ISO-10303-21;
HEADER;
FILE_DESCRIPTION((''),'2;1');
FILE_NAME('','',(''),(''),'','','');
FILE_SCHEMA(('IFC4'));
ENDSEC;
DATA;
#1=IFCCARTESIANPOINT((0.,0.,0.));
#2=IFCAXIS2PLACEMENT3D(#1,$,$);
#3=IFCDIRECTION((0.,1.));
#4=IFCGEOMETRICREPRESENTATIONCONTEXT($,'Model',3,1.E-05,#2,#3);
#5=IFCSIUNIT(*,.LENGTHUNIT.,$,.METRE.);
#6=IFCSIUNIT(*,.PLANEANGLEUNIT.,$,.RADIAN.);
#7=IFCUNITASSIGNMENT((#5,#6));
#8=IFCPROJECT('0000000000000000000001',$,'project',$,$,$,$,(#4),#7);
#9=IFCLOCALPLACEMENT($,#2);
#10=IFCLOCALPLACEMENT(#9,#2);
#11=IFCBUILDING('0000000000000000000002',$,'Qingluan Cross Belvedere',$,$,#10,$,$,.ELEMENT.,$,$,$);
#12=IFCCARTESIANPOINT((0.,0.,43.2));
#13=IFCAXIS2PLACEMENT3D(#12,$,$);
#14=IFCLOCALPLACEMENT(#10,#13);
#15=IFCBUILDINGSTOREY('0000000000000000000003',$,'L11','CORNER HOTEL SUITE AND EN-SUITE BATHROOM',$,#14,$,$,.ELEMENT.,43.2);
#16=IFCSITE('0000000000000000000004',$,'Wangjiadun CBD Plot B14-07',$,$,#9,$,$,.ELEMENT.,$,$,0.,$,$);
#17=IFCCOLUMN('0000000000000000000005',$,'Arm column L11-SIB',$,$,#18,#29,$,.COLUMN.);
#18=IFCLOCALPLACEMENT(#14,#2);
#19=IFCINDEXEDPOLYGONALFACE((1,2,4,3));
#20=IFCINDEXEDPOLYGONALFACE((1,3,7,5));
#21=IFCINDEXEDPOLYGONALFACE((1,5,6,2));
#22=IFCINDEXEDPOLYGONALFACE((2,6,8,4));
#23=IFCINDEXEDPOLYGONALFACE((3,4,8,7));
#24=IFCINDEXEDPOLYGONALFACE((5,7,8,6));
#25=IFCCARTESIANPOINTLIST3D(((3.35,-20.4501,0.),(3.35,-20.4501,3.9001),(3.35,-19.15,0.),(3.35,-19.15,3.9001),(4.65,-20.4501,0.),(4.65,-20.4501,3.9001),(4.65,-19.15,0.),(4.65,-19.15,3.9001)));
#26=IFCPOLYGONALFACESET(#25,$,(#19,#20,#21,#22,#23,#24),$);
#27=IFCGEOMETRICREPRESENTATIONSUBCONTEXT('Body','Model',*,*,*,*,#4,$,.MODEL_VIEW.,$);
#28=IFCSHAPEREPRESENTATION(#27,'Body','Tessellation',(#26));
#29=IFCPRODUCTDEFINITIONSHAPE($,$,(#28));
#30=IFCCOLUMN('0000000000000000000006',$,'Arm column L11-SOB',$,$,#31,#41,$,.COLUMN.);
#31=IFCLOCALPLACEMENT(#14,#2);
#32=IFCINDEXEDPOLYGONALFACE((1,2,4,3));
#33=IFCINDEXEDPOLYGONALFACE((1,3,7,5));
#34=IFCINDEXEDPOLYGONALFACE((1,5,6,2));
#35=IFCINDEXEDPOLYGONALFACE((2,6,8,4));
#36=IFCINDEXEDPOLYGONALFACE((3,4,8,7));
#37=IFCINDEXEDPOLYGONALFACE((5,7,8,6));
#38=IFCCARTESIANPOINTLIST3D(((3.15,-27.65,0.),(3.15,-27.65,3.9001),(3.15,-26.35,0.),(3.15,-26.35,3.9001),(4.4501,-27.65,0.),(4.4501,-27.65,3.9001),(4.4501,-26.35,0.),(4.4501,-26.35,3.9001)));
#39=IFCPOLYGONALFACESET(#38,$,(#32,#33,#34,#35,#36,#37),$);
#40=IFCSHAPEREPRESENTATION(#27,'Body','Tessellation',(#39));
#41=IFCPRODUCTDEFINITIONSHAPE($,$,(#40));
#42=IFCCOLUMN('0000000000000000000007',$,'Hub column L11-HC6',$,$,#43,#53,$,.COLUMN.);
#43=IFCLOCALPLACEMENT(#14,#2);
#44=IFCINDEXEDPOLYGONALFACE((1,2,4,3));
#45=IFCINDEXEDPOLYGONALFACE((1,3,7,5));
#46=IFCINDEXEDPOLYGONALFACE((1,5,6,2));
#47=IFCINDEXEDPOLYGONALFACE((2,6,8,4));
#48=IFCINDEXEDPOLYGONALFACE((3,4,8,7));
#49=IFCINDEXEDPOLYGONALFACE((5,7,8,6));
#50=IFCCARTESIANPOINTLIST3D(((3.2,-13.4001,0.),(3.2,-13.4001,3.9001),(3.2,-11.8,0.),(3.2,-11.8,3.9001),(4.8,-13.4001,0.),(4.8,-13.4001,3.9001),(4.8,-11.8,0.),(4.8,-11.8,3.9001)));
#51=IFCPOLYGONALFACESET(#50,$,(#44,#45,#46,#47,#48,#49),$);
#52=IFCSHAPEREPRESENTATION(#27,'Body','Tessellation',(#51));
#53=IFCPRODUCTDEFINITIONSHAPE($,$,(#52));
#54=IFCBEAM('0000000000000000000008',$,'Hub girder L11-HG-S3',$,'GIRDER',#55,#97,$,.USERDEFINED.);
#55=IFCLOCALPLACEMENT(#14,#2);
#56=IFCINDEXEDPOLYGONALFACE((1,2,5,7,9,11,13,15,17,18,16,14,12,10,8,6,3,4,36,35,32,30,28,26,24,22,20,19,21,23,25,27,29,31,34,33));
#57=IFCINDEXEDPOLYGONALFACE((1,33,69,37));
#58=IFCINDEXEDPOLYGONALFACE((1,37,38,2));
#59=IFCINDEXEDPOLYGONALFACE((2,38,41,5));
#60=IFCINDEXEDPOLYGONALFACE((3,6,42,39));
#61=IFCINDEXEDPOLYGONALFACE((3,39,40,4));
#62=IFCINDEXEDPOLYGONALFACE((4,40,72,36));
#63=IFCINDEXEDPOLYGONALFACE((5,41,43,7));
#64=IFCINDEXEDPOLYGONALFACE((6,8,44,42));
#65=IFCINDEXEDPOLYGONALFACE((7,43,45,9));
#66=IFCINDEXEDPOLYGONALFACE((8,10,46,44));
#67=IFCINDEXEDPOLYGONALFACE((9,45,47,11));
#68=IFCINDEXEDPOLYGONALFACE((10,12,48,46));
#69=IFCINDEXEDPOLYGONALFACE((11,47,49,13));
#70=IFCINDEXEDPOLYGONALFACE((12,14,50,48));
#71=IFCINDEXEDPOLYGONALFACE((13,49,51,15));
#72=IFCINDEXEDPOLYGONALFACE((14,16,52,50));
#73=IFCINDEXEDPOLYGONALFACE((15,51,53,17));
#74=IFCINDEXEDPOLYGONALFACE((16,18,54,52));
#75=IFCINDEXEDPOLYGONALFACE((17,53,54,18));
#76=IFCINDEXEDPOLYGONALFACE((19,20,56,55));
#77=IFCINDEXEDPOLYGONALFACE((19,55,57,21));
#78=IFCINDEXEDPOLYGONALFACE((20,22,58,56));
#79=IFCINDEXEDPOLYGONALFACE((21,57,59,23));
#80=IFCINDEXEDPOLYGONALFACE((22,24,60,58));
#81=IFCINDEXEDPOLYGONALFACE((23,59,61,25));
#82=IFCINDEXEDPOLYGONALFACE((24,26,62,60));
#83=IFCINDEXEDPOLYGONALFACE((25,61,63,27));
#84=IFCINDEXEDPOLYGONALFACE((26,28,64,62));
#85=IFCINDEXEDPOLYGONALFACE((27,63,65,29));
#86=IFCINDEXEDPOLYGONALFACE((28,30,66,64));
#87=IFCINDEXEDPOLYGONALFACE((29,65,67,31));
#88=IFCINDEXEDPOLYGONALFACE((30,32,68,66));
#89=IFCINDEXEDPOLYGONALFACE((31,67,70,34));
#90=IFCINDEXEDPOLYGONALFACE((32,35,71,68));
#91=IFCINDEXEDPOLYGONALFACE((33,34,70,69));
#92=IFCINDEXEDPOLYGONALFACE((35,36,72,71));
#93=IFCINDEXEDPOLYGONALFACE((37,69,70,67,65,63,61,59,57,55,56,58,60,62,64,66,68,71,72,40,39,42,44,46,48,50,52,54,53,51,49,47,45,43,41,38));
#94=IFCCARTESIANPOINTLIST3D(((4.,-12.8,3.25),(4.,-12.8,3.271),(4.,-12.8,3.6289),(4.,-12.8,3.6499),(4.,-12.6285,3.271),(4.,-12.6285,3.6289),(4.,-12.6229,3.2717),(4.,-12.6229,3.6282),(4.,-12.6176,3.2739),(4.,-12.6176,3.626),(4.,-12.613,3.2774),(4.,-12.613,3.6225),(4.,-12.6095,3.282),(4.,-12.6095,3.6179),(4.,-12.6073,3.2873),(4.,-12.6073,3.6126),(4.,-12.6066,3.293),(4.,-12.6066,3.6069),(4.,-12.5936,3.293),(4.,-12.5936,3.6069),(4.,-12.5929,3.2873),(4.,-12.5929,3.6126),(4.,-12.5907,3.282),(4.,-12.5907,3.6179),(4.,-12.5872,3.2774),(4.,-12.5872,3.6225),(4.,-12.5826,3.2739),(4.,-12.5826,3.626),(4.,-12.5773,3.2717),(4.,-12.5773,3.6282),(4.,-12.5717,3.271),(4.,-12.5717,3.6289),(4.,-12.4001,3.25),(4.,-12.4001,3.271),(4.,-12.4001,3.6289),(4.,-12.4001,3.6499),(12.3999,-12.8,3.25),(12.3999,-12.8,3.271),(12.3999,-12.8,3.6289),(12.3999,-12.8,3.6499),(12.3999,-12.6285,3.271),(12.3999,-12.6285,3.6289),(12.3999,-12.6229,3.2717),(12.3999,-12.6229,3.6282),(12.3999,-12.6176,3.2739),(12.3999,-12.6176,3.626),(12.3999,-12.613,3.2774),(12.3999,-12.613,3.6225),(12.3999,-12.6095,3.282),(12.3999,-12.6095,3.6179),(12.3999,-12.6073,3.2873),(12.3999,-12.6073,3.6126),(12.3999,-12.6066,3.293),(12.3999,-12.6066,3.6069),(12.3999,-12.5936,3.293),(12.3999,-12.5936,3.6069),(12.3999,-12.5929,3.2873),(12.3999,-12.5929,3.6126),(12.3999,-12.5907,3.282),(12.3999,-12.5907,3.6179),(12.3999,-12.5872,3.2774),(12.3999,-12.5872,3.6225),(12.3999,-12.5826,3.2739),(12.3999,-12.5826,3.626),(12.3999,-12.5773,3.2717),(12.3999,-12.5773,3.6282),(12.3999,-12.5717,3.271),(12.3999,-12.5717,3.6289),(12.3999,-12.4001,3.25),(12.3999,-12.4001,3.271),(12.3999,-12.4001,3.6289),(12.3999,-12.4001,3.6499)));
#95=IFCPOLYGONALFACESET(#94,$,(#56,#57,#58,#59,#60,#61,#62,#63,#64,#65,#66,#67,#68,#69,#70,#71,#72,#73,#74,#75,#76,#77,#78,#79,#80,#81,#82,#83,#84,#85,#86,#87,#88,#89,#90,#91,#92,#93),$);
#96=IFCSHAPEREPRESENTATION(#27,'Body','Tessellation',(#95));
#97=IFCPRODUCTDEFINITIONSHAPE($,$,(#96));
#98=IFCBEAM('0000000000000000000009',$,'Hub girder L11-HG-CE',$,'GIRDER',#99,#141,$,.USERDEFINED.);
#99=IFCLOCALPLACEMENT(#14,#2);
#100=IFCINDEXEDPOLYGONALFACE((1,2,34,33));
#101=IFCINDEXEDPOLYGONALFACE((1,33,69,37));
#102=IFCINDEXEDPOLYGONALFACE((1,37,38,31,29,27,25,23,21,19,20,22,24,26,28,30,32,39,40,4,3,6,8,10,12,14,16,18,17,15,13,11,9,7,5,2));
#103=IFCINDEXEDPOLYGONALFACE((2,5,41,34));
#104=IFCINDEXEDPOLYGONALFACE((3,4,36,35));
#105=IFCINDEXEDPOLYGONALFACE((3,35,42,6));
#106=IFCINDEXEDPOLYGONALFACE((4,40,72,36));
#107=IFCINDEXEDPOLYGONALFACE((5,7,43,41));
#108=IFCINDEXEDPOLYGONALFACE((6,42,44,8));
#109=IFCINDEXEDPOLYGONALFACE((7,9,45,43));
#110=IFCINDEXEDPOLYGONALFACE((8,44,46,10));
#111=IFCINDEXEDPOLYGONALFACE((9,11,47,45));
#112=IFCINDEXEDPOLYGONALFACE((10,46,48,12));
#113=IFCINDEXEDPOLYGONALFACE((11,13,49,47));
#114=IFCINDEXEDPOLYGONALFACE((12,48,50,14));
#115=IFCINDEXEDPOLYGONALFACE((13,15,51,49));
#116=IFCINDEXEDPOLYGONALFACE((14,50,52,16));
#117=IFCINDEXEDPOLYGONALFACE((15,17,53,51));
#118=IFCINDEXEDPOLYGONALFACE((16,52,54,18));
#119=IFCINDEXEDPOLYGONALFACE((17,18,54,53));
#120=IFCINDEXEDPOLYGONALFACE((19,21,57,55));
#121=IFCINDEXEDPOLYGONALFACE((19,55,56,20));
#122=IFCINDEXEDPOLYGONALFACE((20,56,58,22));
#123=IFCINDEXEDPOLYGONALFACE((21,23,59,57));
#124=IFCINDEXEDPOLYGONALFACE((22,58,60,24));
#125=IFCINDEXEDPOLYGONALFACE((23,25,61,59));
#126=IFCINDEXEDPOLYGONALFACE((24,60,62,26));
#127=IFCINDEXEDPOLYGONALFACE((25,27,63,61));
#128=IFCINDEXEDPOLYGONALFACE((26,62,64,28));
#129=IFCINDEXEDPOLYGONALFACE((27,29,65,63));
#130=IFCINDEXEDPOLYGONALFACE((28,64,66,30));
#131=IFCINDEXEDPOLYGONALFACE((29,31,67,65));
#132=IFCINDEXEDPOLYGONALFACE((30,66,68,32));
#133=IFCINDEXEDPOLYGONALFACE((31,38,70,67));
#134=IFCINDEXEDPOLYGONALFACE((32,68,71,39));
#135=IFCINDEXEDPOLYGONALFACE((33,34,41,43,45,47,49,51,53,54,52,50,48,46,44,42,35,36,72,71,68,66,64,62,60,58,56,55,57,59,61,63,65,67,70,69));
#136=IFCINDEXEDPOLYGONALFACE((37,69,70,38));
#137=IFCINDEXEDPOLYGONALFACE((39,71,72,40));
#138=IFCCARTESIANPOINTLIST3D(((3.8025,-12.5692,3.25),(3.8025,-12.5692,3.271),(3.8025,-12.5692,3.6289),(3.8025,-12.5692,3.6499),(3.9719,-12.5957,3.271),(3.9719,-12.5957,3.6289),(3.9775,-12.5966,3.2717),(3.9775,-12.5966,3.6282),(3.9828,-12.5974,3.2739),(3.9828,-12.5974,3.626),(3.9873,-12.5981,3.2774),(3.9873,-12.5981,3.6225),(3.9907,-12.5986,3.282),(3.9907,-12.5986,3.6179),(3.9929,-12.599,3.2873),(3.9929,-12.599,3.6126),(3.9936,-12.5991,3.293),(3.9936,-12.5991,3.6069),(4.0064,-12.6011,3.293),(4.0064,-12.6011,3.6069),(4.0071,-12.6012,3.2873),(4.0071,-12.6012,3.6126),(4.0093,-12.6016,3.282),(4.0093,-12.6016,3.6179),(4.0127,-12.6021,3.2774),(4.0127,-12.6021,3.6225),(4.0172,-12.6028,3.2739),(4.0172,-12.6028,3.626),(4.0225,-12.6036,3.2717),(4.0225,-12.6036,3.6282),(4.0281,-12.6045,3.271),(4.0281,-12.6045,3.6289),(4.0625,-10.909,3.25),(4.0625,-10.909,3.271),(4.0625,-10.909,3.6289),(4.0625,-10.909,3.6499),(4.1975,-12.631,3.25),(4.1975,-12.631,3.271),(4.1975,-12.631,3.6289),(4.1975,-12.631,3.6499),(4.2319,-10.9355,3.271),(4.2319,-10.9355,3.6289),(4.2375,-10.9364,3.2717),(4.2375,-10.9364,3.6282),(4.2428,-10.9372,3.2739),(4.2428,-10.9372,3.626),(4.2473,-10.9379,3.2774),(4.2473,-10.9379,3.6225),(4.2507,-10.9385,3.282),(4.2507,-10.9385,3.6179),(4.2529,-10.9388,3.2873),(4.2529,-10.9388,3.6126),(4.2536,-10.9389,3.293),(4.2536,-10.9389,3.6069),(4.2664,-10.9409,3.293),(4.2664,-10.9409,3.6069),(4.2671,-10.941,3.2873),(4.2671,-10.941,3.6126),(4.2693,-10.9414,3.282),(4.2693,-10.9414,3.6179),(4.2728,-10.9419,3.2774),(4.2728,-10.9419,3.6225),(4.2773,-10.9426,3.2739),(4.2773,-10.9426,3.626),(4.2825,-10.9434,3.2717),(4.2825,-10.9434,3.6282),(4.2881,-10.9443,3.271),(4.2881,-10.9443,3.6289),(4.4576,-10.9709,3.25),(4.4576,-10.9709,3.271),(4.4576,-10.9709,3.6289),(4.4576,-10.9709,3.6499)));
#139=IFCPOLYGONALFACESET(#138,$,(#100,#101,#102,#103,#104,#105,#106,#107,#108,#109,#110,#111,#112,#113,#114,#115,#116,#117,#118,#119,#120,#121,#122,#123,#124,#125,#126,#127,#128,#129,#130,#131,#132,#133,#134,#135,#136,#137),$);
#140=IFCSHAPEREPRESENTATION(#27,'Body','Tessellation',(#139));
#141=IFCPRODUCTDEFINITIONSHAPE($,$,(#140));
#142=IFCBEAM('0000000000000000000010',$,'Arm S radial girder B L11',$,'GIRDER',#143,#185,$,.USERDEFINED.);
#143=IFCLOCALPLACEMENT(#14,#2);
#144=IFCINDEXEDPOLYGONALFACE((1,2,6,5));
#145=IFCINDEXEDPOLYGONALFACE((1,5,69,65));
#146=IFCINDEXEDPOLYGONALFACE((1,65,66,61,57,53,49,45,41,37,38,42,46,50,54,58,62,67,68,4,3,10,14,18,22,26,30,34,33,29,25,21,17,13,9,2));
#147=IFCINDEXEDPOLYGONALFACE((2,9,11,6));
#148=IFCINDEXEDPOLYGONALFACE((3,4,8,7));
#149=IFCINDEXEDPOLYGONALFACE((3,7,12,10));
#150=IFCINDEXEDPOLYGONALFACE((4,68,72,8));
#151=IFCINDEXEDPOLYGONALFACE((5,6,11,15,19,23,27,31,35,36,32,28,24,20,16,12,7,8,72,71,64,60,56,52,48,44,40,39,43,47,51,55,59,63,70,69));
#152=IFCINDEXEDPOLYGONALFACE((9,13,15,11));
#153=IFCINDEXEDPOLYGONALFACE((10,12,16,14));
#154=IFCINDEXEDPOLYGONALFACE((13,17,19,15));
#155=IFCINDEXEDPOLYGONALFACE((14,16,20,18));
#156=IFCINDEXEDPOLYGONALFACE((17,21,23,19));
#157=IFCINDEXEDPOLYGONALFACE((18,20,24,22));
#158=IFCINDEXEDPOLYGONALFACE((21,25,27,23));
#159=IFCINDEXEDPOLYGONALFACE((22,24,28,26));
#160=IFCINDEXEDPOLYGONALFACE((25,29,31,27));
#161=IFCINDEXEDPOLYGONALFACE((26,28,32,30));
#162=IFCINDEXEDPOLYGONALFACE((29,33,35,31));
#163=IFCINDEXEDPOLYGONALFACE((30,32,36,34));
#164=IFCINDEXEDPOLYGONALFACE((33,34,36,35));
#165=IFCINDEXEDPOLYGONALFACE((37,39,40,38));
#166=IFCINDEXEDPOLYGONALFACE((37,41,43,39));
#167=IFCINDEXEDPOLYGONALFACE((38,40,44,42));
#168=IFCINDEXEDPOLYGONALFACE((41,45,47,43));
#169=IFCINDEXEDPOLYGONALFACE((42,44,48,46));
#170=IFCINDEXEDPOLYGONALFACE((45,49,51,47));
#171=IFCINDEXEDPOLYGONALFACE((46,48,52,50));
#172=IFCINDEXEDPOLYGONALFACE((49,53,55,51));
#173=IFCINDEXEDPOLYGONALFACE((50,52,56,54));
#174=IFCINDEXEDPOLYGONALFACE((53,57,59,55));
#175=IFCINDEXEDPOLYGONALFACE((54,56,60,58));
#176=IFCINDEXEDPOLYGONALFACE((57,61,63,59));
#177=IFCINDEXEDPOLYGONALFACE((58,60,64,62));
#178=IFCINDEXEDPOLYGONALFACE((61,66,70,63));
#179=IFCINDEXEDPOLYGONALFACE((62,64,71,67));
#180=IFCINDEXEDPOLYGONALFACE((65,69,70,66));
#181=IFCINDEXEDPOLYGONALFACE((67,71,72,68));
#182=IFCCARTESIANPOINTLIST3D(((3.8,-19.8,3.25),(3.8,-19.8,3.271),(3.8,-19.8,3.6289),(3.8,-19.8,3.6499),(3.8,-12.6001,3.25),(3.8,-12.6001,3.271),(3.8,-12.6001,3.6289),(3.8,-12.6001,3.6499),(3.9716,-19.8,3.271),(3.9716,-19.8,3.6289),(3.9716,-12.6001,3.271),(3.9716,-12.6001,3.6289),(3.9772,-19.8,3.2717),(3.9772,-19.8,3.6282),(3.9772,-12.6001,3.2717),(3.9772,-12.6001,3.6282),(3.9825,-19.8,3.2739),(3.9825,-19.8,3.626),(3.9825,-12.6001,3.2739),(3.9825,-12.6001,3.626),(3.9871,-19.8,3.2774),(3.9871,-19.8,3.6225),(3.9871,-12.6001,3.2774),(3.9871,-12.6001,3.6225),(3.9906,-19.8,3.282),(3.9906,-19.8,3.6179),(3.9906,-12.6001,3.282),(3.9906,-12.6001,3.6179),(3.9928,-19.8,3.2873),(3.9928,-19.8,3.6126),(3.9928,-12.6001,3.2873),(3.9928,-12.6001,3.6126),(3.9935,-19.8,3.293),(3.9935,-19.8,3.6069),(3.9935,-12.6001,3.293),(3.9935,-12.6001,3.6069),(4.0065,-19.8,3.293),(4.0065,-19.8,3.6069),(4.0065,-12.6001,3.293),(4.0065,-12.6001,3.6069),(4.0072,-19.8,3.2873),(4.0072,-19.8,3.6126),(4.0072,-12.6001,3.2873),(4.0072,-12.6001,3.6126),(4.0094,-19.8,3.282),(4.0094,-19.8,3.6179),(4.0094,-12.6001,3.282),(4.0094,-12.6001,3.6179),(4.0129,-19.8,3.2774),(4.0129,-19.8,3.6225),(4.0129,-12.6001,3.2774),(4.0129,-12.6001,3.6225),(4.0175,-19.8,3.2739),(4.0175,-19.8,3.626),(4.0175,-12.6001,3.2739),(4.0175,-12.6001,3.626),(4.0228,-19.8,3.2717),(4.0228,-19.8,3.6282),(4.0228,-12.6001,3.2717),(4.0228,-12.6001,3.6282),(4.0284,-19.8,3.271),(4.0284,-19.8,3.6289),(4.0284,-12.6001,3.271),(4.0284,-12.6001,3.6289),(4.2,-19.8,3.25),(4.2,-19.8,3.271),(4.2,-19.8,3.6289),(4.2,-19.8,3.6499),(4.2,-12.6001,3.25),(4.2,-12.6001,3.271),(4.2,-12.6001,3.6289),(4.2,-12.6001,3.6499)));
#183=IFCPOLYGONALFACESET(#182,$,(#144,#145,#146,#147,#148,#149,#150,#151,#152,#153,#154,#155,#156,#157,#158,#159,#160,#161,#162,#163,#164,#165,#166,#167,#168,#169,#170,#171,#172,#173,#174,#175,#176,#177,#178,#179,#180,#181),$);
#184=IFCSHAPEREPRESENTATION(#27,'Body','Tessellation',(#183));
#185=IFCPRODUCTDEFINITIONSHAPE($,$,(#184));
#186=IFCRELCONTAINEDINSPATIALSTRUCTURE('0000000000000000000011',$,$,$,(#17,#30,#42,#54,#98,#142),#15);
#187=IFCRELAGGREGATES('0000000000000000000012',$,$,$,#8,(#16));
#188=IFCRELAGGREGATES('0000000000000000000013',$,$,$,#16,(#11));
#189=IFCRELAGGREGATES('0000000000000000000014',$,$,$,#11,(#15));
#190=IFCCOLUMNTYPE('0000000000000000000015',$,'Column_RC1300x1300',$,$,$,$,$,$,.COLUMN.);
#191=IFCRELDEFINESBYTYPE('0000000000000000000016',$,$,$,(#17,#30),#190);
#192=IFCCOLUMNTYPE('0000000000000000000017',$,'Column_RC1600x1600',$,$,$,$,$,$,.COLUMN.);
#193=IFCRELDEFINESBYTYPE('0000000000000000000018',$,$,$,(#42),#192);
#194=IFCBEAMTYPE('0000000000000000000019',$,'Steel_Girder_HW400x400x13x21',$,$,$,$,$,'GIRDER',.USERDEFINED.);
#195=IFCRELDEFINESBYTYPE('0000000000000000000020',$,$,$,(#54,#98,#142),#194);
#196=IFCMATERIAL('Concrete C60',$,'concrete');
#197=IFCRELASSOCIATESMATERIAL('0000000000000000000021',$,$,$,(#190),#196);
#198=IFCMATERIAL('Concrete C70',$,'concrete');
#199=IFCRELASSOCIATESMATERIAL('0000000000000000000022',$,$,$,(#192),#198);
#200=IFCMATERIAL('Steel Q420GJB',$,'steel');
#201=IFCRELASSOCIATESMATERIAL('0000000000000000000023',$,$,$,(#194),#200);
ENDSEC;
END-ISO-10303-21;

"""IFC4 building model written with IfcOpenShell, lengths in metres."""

from ifc_helpers import new_model, si_unit, direction, frame, origin, origin_2d, place, context, subcontext, project, spatial, rectangle, i_section, extrude, material, material_profile, profile_set, type_object, element, save


model = new_model("IFC4")

# Units and contexts
model_context = context("Model", 3, precision=1e-05, world=origin(), true_north=direction((0.0, 1.0)))
body_context = subcontext(model_context, "Body", "Model", "MODEL_VIEW")
ifc_project = project(units=[si_unit("LENGTHUNIT", "METRE"), si_unit("PLANEANGLEUNIT", "RADIAN")], contexts=[model_context])

# Site, building, storey
site_placement = place(None, origin())
site = spatial("IfcSite", under=ifc_project, at=site_placement, Name="Wangjiadun CBD Plot B14-07", CompositionType="ELEMENT", RefElevation=0.0)
building_placement = place(site_placement, origin())
building = spatial("IfcBuilding", under=site, at=building_placement, Name="Qingluan Cross Belvedere", CompositionType="ELEMENT")
storey_placement = place(building_placement, frame((0.0, 0.0, 43.2)))
storey = spatial("IfcBuildingStorey", under=building, at=storey_placement, Name="L11", Description="CORNER HOTEL SUITE AND EN-SUITE BATHROOM", CompositionType="ELEMENT", Elevation=43.2)

# Columns
ifc_material_1 = material(Name="Concrete C60", Category="concrete")
ifc_material_profile_1 = material_profile(ifc_material_1, rectangle(XDim=1.3, YDim=1.3, at=origin_2d()), Name="RC1300x1300")
ifc_profile_set_1 = profile_set([ifc_material_profile_1], Name="Concrete C60")
column_type_1 = type_object("IfcColumnType", Name="Column_RC1300x1300", PredefinedType="COLUMN", material=ifc_profile_set_1)
for number, where, z_axis, x_axis, name in (
    (1, (4.0, -19.8, 0.0), (0.0, 0.0, 1.0), (1.0, 0.0, 0.0), "Arm column L11-SIB"),
    (2, (3.8, -27.0, 0.0), (0.0, 0.0, 1.0), (1.0, 0.0, 0.0), "Arm column L11-SOB"),
):
    element("IfcColumn", number, at=place(storey_placement, frame(where, z_axis=z_axis, x_axis=x_axis)), inside=storey, type_object=column_type_1, Name=name, PredefinedType="COLUMN", context=body_context, shape_type="SweptSolid", body=[
        extrude(rectangle(XDim=1.3, YDim=1.3, at=origin_2d()), origin(), (0.0, 0.0, 1.0), 3.9001),
    ])
ifc_material_2 = material(Name="Concrete C70", Category="concrete")
ifc_material_profile_2 = material_profile(ifc_material_2, rectangle(XDim=1.6001, YDim=1.6001, at=origin_2d()), Name="RC1600x1600")
ifc_profile_set_2 = profile_set([ifc_material_profile_2], Name="Concrete C70")
column_type_2 = type_object("IfcColumnType", Name="Column_RC1600x1600", PredefinedType="COLUMN", material=ifc_profile_set_2)
column_placement = place(storey_placement, frame((4.0, -12.6001, 0.0), z_axis=(0.0, 0.0, 1.0), x_axis=(1.0, 0.0, 0.0)))
element("IfcColumn", 3, at=column_placement, inside=storey, type_object=column_type_2, Name="Hub column L11-HC6", PredefinedType="COLUMN", context=body_context, shape_type="SweptSolid", body=[
    extrude(rectangle(XDim=1.6001, YDim=1.6001, at=origin_2d()), origin(), (0.0, 0.0, 1.0), 3.9001),
])

# Beams
ifc_material_3 = material(Name="Steel Q420GJB", Category="steel")
ifc_material_profile_3 = material_profile(ifc_material_3, i_section(OverallWidth=0.3999, OverallDepth=0.3999, WebThickness=0.0129, FlangeThickness=0.021, FilletRadius=0.022, at=origin_2d()), Name="HW400x400x13x21")
ifc_profile_set_3 = profile_set([ifc_material_profile_3], Name="Steel Q420GJB")
beam_type = type_object("IfcBeamType", Name="Steel_Girder_HW400x400x13x21", ElementType="GIRDER", PredefinedType="USERDEFINED", material=ifc_profile_set_3)
beam_1_placement = place(storey_placement, frame((4.0, -12.6001, 3.45), z_axis=(1.0, 0.0, 0.0), x_axis=(0.0, 1.0, 0.0)))
element("IfcBeam", 4, at=beam_1_placement, inside=storey, type_object=beam_type, Name="Hub girder L11-HG-S3", ObjectType="GIRDER", PredefinedType="USERDEFINED", context=body_context, shape_type="SweptSolid", body=[
    extrude(i_section(OverallWidth=0.3999, OverallDepth=0.3999, WebThickness=0.0129, FlangeThickness=0.021, FilletRadius=0.022, at=origin_2d()), origin(), (0.0, 0.0, 1.0), 8.3999),
])
beam_2_placement = place(storey_placement, frame((4.0, -12.6001, 3.45), z_axis=(0.154731, 0.987957, 0.0), x_axis=(-0.987957, 0.154731, 0.0)))
element("IfcBeam", 5, at=beam_2_placement, inside=storey, type_object=beam_type, Name="Hub girder L11-HG-CE", ObjectType="GIRDER", PredefinedType="USERDEFINED", context=body_context, shape_type="SweptSolid", body=[
    extrude(i_section(OverallWidth=0.3999, OverallDepth=0.3999, WebThickness=0.0129, FlangeThickness=0.021, FilletRadius=0.022, at=origin_2d()), origin(), (0.0, 0.0, 1.0), 1.6804),
])
beam_3_placement = place(storey_placement, frame((4.0, -12.6001, 3.45), z_axis=(0.0, -1.0, 0.0), x_axis=(1.0, 0.0, 0.0)))
element("IfcBeam", 6, at=beam_3_placement, inside=storey, type_object=beam_type, Name="Arm S radial girder B L11", ObjectType="GIRDER", PredefinedType="USERDEFINED", context=body_context, shape_type="SweptSolid", body=[
    extrude(i_section(OverallWidth=0.3999, OverallDepth=0.3999, WebThickness=0.0129, FlangeThickness=0.021, FilletRadius=0.022, at=origin_2d()), origin(), (0.0, 0.0, 1.0), 7.2),
])

save(model, "model.ifc")
